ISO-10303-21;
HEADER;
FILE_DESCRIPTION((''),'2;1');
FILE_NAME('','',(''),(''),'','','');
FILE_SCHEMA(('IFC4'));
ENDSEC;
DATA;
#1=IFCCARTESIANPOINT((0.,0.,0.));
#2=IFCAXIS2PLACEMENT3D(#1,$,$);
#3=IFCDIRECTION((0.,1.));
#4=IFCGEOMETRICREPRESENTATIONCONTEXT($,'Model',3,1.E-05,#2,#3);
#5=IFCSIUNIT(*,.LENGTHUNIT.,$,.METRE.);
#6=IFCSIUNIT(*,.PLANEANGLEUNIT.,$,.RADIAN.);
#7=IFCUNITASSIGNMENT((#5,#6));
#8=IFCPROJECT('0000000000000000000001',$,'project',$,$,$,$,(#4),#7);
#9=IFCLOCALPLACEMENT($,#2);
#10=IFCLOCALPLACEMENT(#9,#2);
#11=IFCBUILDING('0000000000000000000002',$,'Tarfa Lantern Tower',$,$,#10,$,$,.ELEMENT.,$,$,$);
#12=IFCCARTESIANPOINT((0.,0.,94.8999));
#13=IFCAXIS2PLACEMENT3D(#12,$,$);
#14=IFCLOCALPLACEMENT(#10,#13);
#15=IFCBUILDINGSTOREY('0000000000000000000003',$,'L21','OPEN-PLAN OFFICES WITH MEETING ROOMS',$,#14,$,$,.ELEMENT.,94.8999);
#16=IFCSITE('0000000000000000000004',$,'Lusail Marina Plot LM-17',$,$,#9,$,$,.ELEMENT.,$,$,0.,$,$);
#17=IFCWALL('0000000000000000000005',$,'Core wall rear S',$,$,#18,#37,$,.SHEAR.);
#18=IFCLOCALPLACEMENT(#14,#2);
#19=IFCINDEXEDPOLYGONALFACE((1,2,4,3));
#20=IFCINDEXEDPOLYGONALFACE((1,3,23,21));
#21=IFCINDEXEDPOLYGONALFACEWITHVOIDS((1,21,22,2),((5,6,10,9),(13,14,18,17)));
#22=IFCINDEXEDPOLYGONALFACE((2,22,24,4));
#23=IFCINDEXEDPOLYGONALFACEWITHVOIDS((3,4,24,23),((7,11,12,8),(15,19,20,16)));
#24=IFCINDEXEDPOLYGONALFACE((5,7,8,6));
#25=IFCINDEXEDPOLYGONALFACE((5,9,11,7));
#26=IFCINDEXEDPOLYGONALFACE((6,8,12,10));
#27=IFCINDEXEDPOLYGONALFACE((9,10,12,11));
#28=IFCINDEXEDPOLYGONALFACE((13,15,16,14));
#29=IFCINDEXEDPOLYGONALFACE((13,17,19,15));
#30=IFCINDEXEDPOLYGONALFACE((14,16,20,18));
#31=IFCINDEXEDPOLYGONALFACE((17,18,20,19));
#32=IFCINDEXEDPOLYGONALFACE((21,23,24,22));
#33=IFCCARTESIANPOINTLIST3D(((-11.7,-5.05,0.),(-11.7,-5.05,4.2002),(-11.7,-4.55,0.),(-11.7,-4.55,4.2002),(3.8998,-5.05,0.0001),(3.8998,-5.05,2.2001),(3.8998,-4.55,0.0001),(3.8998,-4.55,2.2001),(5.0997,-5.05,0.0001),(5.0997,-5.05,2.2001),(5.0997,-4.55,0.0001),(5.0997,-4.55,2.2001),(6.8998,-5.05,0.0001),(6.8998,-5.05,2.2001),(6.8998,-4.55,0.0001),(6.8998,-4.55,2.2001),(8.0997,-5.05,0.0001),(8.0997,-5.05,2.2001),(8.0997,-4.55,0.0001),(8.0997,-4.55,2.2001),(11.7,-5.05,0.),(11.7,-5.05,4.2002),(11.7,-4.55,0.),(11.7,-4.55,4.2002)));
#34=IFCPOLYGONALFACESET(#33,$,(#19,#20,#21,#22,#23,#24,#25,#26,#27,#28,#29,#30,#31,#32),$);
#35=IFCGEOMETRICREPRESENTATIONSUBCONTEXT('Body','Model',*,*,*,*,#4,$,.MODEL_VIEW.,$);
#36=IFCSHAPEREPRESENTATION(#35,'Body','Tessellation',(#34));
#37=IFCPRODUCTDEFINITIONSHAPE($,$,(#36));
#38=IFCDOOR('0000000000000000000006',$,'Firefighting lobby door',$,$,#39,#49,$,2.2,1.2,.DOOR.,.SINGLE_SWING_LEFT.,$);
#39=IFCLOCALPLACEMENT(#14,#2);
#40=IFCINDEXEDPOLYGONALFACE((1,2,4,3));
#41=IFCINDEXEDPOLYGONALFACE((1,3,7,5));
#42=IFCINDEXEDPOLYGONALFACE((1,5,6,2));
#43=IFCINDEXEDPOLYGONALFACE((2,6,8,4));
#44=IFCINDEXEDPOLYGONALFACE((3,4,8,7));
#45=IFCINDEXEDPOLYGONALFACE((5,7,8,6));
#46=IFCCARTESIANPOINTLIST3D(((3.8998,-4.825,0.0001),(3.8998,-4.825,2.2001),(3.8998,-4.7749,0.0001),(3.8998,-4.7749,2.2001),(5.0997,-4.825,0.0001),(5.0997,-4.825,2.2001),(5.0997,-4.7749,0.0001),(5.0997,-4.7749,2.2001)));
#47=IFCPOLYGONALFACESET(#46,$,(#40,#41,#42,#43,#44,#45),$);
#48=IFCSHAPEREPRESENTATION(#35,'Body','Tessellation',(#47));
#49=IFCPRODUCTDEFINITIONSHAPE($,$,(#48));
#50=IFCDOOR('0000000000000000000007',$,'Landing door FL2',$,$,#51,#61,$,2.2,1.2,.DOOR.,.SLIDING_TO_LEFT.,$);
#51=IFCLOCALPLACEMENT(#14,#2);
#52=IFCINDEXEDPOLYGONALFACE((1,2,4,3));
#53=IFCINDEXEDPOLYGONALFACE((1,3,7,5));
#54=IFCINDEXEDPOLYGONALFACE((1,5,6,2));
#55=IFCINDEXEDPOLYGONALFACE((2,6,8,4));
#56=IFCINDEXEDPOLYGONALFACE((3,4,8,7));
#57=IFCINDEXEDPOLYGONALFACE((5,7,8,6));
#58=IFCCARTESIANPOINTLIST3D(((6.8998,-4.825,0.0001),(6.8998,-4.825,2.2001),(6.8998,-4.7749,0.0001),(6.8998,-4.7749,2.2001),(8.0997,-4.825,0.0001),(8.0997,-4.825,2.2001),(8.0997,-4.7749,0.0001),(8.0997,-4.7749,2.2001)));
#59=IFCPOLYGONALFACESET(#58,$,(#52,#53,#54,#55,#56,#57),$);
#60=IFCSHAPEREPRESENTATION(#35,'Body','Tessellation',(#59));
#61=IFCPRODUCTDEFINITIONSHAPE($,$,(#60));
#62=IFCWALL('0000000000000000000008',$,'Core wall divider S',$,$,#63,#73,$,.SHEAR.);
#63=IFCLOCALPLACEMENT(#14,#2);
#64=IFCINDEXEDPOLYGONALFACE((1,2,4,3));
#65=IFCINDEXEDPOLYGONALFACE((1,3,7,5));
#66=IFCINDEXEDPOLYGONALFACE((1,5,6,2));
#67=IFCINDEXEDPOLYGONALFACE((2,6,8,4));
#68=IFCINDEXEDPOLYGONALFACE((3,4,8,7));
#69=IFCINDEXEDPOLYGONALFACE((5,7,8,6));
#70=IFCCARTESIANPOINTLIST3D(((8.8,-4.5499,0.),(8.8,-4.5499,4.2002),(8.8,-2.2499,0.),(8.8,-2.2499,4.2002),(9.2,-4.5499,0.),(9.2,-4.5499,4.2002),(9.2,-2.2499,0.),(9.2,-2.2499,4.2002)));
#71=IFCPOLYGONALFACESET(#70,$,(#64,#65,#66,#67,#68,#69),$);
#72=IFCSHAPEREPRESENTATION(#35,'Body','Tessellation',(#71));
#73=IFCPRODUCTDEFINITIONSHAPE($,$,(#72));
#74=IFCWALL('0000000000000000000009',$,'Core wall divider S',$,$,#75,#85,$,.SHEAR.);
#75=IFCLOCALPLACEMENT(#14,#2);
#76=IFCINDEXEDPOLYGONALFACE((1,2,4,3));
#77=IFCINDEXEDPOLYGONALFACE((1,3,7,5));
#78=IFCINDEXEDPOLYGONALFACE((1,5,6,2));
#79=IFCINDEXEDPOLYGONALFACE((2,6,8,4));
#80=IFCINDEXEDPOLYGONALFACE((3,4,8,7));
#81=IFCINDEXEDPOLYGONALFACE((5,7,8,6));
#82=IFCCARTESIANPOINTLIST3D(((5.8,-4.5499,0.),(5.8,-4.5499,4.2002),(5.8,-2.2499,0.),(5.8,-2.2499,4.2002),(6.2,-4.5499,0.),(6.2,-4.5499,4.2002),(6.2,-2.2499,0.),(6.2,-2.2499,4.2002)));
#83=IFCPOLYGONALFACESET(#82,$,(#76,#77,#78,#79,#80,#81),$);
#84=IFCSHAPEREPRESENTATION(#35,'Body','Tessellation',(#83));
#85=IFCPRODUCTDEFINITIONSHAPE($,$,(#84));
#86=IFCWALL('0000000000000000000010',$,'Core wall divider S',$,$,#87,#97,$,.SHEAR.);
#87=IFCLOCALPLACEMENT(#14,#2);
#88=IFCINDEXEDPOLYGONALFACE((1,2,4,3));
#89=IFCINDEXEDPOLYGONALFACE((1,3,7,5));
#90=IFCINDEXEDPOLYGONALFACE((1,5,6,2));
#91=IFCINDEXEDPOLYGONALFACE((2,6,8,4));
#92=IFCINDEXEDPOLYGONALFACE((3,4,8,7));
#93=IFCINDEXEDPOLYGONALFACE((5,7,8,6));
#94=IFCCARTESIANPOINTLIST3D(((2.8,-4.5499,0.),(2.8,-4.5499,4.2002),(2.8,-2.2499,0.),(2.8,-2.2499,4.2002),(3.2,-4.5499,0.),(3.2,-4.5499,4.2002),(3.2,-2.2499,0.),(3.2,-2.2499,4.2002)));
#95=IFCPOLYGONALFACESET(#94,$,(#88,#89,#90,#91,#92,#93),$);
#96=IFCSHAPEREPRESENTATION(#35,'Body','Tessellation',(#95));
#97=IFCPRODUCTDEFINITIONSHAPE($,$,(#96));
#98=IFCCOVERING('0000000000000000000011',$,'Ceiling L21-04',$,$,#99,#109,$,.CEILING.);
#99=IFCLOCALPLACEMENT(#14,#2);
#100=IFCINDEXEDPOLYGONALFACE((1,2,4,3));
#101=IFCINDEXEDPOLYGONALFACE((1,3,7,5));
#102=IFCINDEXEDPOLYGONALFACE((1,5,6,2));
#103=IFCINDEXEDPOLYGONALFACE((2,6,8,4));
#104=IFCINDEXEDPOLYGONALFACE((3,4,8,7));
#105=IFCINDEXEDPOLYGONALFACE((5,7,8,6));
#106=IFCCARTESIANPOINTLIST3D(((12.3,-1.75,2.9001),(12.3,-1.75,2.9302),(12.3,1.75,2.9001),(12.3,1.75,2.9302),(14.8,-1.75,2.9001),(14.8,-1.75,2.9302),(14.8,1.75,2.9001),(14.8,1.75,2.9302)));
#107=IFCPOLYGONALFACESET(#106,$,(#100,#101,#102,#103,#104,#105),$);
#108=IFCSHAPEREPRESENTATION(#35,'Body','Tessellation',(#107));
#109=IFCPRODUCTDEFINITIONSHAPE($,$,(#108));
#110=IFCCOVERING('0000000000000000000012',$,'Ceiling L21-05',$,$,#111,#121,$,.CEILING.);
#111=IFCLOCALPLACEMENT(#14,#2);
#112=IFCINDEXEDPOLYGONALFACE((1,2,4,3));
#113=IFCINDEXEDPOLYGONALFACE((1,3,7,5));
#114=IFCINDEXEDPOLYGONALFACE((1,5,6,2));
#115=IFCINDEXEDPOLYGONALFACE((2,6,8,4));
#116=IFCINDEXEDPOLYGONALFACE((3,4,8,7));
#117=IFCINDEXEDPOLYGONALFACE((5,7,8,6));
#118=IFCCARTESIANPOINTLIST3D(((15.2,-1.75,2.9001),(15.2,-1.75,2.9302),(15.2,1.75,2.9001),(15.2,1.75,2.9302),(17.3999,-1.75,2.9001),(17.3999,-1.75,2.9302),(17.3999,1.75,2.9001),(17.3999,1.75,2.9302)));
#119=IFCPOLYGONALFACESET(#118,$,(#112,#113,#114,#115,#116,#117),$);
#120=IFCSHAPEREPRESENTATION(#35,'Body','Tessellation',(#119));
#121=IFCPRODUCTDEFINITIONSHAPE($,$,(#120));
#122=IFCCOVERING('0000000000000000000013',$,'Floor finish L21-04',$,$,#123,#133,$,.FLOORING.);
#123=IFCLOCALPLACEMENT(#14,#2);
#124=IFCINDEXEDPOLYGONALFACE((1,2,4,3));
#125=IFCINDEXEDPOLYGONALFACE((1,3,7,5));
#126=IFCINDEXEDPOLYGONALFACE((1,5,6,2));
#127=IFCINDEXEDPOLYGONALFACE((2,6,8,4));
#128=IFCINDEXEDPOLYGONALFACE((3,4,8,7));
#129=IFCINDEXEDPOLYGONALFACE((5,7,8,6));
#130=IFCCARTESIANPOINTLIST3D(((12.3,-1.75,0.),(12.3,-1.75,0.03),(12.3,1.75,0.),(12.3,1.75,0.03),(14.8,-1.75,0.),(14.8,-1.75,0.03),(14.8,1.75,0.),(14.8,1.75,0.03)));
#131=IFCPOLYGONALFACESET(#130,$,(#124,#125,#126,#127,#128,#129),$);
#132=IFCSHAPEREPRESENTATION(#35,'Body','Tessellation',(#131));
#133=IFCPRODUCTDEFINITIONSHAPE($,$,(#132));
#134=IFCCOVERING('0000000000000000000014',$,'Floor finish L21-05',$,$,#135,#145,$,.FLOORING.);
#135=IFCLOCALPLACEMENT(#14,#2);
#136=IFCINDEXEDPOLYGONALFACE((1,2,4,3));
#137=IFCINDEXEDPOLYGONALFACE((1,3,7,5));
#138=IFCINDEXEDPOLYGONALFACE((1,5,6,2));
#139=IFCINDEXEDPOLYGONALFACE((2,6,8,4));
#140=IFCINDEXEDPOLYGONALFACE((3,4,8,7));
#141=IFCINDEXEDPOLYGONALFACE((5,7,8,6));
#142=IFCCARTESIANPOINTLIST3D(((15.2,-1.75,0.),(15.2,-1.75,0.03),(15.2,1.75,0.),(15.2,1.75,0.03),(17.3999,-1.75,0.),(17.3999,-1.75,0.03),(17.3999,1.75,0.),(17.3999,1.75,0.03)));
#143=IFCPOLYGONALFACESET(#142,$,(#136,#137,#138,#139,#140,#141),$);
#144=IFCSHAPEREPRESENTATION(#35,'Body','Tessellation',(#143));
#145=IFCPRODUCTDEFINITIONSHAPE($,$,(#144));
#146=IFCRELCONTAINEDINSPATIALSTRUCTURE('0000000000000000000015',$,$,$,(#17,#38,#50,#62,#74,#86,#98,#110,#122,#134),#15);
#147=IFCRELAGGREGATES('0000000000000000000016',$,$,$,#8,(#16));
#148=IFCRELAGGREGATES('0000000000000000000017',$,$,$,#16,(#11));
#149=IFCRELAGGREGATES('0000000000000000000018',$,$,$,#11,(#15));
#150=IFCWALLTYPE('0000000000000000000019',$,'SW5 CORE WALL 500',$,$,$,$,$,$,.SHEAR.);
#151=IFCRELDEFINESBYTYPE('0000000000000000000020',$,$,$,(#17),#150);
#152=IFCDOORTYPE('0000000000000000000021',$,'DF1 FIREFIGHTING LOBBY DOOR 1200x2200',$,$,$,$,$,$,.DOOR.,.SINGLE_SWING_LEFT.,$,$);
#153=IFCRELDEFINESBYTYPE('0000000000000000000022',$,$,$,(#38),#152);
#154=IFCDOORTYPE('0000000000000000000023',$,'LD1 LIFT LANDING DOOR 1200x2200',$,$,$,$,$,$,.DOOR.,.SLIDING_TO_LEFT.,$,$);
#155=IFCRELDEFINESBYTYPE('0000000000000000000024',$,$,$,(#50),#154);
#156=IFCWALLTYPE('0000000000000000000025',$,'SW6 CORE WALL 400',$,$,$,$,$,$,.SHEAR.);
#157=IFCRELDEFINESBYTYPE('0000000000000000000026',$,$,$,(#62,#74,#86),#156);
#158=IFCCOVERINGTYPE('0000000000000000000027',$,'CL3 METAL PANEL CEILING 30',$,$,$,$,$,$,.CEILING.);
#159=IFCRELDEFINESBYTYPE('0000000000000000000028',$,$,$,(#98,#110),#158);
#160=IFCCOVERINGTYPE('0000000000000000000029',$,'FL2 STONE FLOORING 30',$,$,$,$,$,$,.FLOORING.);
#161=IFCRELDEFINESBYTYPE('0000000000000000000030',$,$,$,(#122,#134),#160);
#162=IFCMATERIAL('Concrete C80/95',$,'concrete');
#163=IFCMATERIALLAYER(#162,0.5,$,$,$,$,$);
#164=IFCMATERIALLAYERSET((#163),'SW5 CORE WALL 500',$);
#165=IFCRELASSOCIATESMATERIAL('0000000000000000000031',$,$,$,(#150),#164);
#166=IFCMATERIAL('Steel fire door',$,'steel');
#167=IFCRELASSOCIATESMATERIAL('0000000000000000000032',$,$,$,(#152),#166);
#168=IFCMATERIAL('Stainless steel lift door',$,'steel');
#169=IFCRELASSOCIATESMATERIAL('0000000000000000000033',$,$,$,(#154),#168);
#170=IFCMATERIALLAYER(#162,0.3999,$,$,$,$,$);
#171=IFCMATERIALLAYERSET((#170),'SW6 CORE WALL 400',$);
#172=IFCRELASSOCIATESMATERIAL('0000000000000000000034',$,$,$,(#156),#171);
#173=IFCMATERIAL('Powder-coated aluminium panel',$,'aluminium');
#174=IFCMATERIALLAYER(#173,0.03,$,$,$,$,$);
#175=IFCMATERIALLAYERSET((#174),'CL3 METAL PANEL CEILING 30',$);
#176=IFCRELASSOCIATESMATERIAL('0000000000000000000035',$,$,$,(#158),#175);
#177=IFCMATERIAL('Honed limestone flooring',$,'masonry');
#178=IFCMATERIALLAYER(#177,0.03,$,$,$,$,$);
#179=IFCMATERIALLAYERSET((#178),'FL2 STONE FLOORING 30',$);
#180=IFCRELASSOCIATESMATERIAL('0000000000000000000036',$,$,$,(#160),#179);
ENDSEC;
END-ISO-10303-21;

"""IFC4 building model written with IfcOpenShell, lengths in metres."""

from ifc_helpers import new_model, si_unit, direction, frame, frame_2d, origin, place, context, subcontext, project, spatial, polyline, rectangle, outline, extrude, material, layer, layer_set, type_object, element, fill, save


model = new_model("IFC4")

# Units and contexts
model_context = context("Model", 3, precision=1e-05, world=origin(), true_north=direction((0.0, 1.0)))
body_context = subcontext(model_context, "Body", "Model", "MODEL_VIEW")
ifc_project = project(units=[si_unit("LENGTHUNIT", "METRE"), si_unit("PLANEANGLEUNIT", "RADIAN")], contexts=[model_context])

# Site, building, storey
site_placement = place(None, origin())
site = spatial("IfcSite", under=ifc_project, at=site_placement, Name="Lusail Marina Plot LM-17", CompositionType="ELEMENT", RefElevation=0.0)
building_placement = place(site_placement, origin())
building = spatial("IfcBuilding", under=site, at=building_placement, Name="Tarfa Lantern Tower", CompositionType="ELEMENT")
storey_placement = place(building_placement, frame((0.0, 0.0, 94.8999)))
storey = spatial("IfcBuildingStorey", under=building, at=storey_placement, Name="L21", Description="OPEN-PLAN OFFICES WITH MEETING ROOMS", CompositionType="ELEMENT", Elevation=94.8999)

# Shared definitions
ifc_material_1 = material(Name="Concrete C80/95", Category="concrete")
ifc_layer_1 = layer(ifc_material_1, 0.5)
ifc_layer_set_1 = layer_set([ifc_layer_1], Name="SW5 CORE WALL 500")
wall_type_1 = type_object("IfcWallType", Name="SW5 CORE WALL 500", PredefinedType="SHEAR", material=ifc_layer_set_1)

# Shared definitions
ifc_material_2 = material(Name="Stainless steel lift door", Category="steel")

# Wall, openings, doors
wall_1_placement = place(storey_placement, frame((11.7, -4.8, 0.0), z_axis=(0.0, 0.0, 1.0), x_axis=(-1.0, 0.0, 0.0)))
wall_1 = element("IfcWall", 1, at=wall_1_placement, inside=storey, type_object=wall_type_1, Name="Core wall rear S", PredefinedType="SHEAR", context=body_context, shape_type="SweptSolid", body=[
    extrude(rectangle(XDim=23.3999, YDim=0.5, at=frame_2d((11.7, 0.0))), origin(), (0.0, 0.0, 1.0), 4.2002),
])
opening_1_placement = place(wall_1_placement, frame((6.6001, 0.0, 0.0)))
opening_1 = element("IfcOpeningElement", 2, at=opening_1_placement, cuts=wall_1, PredefinedType="OPENING", context=body_context, shape_type="SweptSolid", body=[
    extrude(rectangle(XDim=1.2, YDim=2.2, at=frame_2d((0.6001, 1.1001))), frame((0.0, 0.26, 0.0), z_axis=(0.0, -1.0, 0.0), x_axis=(1.0, 0.0, 0.0)), (0.0, 0.0, 1.0), 0.52),
])
opening_2_placement = place(wall_1_placement, frame((3.6001, 0.0, 0.0)))
opening_2 = element("IfcOpeningElement", 3, at=opening_2_placement, cuts=wall_1, PredefinedType="OPENING", context=body_context, shape_type="SweptSolid", body=[
    extrude(rectangle(XDim=1.2, YDim=2.2, at=frame_2d((0.6001, 1.1001))), frame((0.0, 0.26, 0.0), z_axis=(0.0, -1.0, 0.0), x_axis=(1.0, 0.0, 0.0)), (0.0, 0.0, 1.0), 0.52),
])
ifc_material_3 = material(Name="Steel fire door", Category="steel")
door_type_1 = type_object("IfcDoorType", Name="DF1 FIREFIGHTING LOBBY DOOR 1200x2200", OperationType="SINGLE_SWING_LEFT", PredefinedType="DOOR", material=ifc_material_3)
door_1_placement = place(opening_1_placement, origin())
door_1 = element("IfcDoor", 4, at=door_1_placement, inside=storey, type_object=door_type_1, Name="Firefighting lobby door", OperationType="SINGLE_SWING_LEFT", OverallHeight=2.2, OverallWidth=1.2, PredefinedType="DOOR", context=body_context, shape_type="SweptSolid", body=[
    extrude(rectangle(XDim=1.2, YDim=2.2, at=frame_2d((0.6001, 1.1001))), frame((0.0, 0.0249, 0.0), z_axis=(0.0, -1.0, 0.0), x_axis=(1.0, 0.0, 0.0)), (0.0, 0.0, 1.0), 0.05),
])
fill(opening_1, door_1)
door_type_2 = type_object("IfcDoorType", Name="LD1 LIFT LANDING DOOR 1200x2200", OperationType="SLIDING_TO_LEFT", PredefinedType="DOOR", material=ifc_material_2)
door_2_placement = place(opening_2_placement, origin())
door_2 = element("IfcDoor", 5, at=door_2_placement, inside=storey, type_object=door_type_2, Name="Landing door FL2", OperationType="SLIDING_TO_LEFT", OverallHeight=2.2, OverallWidth=1.2, PredefinedType="DOOR", context=body_context, shape_type="SweptSolid", body=[
    extrude(rectangle(XDim=1.2, YDim=2.2, at=frame_2d((0.6001, 1.1001))), frame((0.0, 0.0249, 0.0), z_axis=(0.0, -1.0, 0.0), x_axis=(1.0, 0.0, 0.0)), (0.0, 0.0, 1.0), 0.05),
])
fill(opening_2, door_2)

# Walls
ifc_layer_2 = layer(ifc_material_1, 0.3999)
ifc_layer_set_2 = layer_set([ifc_layer_2], Name="SW6 CORE WALL 400")
wall_type_2 = type_object("IfcWallType", Name="SW6 CORE WALL 400", PredefinedType="SHEAR", material=ifc_layer_set_2)
for number, where, z_axis, x_axis, name in (
    (6, (9.0, -2.25, 0.0), (0.0, 0.0, 1.0), (0.0, -1.0, 0.0), "Core wall divider S"),
    (7, (6.0, -2.25, 0.0), (0.0, 0.0, 1.0), (0.0, -1.0, 0.0), "Core wall divider S"),
    (8, (3.0, -2.25, 0.0), (0.0, 0.0, 1.0), (0.0, -1.0, 0.0), "Core wall divider S"),
):
    element("IfcWall", number, at=place(storey_placement, frame(where, z_axis=z_axis, x_axis=x_axis)), inside=storey, type_object=wall_type_2, Name=name, PredefinedType="SHEAR", context=body_context, shape_type="SweptSolid", body=[
        extrude(rectangle(XDim=2.3, YDim=0.3999, at=frame_2d((1.1499, 0.0))), origin(), (0.0, 0.0, 1.0), 4.2002),
    ])

# Coverings
ifc_material_4 = material(Name="Powder-coated aluminium panel", Category="aluminium")
ifc_layer_3 = layer(ifc_material_4, 0.03)
ifc_layer_set_3 = layer_set([ifc_layer_3], Name="CL3 METAL PANEL CEILING 30")
covering_type_1 = type_object("IfcCoveringType", Name="CL3 METAL PANEL CEILING 30", PredefinedType="CEILING", material=ifc_layer_set_3)
covering_1_placement = place(storey_placement, frame((0.0, 0.0, 2.9001)))
element("IfcCovering", 9, at=covering_1_placement, inside=storey, type_object=covering_type_1, Name="Ceiling L21-04", PredefinedType="CEILING", context=body_context, shape_type="SweptSolid", body=[
    extrude(outline(polyline([(12.3, -1.75), (14.8, -1.75), (14.8, 1.75), (12.3, 1.75), (12.3, -1.75)])), origin(), (0.0, 0.0, 1.0), 0.03),
])
covering_2_placement = place(storey_placement, frame((0.0, 0.0, 2.9001)))
element("IfcCovering", 10, at=covering_2_placement, inside=storey, type_object=covering_type_1, Name="Ceiling L21-05", PredefinedType="CEILING", context=body_context, shape_type="SweptSolid", body=[
    extrude(outline(polyline([(15.2, -1.75), (17.3999, -1.75), (17.3999, 1.75), (15.2, 1.75), (15.2, -1.75)])), origin(), (0.0, 0.0, 1.0), 0.03),
])
ifc_material_5 = material(Name="Honed limestone flooring", Category="masonry")
ifc_layer_4 = layer(ifc_material_5, 0.03)
ifc_layer_set_4 = layer_set([ifc_layer_4], Name="FL2 STONE FLOORING 30")
covering_type_2 = type_object("IfcCoveringType", Name="FL2 STONE FLOORING 30", PredefinedType="FLOORING", material=ifc_layer_set_4)
covering_3_placement = place(storey_placement, origin())
element("IfcCovering", 11, at=covering_3_placement, inside=storey, type_object=covering_type_2, Name="Floor finish L21-04", PredefinedType="FLOORING", context=body_context, shape_type="SweptSolid", body=[
    extrude(outline(polyline([(12.3, -1.75), (14.8, -1.75), (14.8, 1.75), (12.3, 1.75), (12.3, -1.75)])), origin(), (0.0, 0.0, 1.0), 0.03),
])
covering_4_placement = place(storey_placement, origin())
element("IfcCovering", 12, at=covering_4_placement, inside=storey, type_object=covering_type_2, Name="Floor finish L21-05", PredefinedType="FLOORING", context=body_context, shape_type="SweptSolid", body=[
    extrude(outline(polyline([(15.2, -1.75), (17.3999, -1.75), (17.3999, 1.75), (15.2, 1.75), (15.2, -1.75)])), origin(), (0.0, 0.0, 1.0), 0.03),
])

save(model, "model.ifc")
